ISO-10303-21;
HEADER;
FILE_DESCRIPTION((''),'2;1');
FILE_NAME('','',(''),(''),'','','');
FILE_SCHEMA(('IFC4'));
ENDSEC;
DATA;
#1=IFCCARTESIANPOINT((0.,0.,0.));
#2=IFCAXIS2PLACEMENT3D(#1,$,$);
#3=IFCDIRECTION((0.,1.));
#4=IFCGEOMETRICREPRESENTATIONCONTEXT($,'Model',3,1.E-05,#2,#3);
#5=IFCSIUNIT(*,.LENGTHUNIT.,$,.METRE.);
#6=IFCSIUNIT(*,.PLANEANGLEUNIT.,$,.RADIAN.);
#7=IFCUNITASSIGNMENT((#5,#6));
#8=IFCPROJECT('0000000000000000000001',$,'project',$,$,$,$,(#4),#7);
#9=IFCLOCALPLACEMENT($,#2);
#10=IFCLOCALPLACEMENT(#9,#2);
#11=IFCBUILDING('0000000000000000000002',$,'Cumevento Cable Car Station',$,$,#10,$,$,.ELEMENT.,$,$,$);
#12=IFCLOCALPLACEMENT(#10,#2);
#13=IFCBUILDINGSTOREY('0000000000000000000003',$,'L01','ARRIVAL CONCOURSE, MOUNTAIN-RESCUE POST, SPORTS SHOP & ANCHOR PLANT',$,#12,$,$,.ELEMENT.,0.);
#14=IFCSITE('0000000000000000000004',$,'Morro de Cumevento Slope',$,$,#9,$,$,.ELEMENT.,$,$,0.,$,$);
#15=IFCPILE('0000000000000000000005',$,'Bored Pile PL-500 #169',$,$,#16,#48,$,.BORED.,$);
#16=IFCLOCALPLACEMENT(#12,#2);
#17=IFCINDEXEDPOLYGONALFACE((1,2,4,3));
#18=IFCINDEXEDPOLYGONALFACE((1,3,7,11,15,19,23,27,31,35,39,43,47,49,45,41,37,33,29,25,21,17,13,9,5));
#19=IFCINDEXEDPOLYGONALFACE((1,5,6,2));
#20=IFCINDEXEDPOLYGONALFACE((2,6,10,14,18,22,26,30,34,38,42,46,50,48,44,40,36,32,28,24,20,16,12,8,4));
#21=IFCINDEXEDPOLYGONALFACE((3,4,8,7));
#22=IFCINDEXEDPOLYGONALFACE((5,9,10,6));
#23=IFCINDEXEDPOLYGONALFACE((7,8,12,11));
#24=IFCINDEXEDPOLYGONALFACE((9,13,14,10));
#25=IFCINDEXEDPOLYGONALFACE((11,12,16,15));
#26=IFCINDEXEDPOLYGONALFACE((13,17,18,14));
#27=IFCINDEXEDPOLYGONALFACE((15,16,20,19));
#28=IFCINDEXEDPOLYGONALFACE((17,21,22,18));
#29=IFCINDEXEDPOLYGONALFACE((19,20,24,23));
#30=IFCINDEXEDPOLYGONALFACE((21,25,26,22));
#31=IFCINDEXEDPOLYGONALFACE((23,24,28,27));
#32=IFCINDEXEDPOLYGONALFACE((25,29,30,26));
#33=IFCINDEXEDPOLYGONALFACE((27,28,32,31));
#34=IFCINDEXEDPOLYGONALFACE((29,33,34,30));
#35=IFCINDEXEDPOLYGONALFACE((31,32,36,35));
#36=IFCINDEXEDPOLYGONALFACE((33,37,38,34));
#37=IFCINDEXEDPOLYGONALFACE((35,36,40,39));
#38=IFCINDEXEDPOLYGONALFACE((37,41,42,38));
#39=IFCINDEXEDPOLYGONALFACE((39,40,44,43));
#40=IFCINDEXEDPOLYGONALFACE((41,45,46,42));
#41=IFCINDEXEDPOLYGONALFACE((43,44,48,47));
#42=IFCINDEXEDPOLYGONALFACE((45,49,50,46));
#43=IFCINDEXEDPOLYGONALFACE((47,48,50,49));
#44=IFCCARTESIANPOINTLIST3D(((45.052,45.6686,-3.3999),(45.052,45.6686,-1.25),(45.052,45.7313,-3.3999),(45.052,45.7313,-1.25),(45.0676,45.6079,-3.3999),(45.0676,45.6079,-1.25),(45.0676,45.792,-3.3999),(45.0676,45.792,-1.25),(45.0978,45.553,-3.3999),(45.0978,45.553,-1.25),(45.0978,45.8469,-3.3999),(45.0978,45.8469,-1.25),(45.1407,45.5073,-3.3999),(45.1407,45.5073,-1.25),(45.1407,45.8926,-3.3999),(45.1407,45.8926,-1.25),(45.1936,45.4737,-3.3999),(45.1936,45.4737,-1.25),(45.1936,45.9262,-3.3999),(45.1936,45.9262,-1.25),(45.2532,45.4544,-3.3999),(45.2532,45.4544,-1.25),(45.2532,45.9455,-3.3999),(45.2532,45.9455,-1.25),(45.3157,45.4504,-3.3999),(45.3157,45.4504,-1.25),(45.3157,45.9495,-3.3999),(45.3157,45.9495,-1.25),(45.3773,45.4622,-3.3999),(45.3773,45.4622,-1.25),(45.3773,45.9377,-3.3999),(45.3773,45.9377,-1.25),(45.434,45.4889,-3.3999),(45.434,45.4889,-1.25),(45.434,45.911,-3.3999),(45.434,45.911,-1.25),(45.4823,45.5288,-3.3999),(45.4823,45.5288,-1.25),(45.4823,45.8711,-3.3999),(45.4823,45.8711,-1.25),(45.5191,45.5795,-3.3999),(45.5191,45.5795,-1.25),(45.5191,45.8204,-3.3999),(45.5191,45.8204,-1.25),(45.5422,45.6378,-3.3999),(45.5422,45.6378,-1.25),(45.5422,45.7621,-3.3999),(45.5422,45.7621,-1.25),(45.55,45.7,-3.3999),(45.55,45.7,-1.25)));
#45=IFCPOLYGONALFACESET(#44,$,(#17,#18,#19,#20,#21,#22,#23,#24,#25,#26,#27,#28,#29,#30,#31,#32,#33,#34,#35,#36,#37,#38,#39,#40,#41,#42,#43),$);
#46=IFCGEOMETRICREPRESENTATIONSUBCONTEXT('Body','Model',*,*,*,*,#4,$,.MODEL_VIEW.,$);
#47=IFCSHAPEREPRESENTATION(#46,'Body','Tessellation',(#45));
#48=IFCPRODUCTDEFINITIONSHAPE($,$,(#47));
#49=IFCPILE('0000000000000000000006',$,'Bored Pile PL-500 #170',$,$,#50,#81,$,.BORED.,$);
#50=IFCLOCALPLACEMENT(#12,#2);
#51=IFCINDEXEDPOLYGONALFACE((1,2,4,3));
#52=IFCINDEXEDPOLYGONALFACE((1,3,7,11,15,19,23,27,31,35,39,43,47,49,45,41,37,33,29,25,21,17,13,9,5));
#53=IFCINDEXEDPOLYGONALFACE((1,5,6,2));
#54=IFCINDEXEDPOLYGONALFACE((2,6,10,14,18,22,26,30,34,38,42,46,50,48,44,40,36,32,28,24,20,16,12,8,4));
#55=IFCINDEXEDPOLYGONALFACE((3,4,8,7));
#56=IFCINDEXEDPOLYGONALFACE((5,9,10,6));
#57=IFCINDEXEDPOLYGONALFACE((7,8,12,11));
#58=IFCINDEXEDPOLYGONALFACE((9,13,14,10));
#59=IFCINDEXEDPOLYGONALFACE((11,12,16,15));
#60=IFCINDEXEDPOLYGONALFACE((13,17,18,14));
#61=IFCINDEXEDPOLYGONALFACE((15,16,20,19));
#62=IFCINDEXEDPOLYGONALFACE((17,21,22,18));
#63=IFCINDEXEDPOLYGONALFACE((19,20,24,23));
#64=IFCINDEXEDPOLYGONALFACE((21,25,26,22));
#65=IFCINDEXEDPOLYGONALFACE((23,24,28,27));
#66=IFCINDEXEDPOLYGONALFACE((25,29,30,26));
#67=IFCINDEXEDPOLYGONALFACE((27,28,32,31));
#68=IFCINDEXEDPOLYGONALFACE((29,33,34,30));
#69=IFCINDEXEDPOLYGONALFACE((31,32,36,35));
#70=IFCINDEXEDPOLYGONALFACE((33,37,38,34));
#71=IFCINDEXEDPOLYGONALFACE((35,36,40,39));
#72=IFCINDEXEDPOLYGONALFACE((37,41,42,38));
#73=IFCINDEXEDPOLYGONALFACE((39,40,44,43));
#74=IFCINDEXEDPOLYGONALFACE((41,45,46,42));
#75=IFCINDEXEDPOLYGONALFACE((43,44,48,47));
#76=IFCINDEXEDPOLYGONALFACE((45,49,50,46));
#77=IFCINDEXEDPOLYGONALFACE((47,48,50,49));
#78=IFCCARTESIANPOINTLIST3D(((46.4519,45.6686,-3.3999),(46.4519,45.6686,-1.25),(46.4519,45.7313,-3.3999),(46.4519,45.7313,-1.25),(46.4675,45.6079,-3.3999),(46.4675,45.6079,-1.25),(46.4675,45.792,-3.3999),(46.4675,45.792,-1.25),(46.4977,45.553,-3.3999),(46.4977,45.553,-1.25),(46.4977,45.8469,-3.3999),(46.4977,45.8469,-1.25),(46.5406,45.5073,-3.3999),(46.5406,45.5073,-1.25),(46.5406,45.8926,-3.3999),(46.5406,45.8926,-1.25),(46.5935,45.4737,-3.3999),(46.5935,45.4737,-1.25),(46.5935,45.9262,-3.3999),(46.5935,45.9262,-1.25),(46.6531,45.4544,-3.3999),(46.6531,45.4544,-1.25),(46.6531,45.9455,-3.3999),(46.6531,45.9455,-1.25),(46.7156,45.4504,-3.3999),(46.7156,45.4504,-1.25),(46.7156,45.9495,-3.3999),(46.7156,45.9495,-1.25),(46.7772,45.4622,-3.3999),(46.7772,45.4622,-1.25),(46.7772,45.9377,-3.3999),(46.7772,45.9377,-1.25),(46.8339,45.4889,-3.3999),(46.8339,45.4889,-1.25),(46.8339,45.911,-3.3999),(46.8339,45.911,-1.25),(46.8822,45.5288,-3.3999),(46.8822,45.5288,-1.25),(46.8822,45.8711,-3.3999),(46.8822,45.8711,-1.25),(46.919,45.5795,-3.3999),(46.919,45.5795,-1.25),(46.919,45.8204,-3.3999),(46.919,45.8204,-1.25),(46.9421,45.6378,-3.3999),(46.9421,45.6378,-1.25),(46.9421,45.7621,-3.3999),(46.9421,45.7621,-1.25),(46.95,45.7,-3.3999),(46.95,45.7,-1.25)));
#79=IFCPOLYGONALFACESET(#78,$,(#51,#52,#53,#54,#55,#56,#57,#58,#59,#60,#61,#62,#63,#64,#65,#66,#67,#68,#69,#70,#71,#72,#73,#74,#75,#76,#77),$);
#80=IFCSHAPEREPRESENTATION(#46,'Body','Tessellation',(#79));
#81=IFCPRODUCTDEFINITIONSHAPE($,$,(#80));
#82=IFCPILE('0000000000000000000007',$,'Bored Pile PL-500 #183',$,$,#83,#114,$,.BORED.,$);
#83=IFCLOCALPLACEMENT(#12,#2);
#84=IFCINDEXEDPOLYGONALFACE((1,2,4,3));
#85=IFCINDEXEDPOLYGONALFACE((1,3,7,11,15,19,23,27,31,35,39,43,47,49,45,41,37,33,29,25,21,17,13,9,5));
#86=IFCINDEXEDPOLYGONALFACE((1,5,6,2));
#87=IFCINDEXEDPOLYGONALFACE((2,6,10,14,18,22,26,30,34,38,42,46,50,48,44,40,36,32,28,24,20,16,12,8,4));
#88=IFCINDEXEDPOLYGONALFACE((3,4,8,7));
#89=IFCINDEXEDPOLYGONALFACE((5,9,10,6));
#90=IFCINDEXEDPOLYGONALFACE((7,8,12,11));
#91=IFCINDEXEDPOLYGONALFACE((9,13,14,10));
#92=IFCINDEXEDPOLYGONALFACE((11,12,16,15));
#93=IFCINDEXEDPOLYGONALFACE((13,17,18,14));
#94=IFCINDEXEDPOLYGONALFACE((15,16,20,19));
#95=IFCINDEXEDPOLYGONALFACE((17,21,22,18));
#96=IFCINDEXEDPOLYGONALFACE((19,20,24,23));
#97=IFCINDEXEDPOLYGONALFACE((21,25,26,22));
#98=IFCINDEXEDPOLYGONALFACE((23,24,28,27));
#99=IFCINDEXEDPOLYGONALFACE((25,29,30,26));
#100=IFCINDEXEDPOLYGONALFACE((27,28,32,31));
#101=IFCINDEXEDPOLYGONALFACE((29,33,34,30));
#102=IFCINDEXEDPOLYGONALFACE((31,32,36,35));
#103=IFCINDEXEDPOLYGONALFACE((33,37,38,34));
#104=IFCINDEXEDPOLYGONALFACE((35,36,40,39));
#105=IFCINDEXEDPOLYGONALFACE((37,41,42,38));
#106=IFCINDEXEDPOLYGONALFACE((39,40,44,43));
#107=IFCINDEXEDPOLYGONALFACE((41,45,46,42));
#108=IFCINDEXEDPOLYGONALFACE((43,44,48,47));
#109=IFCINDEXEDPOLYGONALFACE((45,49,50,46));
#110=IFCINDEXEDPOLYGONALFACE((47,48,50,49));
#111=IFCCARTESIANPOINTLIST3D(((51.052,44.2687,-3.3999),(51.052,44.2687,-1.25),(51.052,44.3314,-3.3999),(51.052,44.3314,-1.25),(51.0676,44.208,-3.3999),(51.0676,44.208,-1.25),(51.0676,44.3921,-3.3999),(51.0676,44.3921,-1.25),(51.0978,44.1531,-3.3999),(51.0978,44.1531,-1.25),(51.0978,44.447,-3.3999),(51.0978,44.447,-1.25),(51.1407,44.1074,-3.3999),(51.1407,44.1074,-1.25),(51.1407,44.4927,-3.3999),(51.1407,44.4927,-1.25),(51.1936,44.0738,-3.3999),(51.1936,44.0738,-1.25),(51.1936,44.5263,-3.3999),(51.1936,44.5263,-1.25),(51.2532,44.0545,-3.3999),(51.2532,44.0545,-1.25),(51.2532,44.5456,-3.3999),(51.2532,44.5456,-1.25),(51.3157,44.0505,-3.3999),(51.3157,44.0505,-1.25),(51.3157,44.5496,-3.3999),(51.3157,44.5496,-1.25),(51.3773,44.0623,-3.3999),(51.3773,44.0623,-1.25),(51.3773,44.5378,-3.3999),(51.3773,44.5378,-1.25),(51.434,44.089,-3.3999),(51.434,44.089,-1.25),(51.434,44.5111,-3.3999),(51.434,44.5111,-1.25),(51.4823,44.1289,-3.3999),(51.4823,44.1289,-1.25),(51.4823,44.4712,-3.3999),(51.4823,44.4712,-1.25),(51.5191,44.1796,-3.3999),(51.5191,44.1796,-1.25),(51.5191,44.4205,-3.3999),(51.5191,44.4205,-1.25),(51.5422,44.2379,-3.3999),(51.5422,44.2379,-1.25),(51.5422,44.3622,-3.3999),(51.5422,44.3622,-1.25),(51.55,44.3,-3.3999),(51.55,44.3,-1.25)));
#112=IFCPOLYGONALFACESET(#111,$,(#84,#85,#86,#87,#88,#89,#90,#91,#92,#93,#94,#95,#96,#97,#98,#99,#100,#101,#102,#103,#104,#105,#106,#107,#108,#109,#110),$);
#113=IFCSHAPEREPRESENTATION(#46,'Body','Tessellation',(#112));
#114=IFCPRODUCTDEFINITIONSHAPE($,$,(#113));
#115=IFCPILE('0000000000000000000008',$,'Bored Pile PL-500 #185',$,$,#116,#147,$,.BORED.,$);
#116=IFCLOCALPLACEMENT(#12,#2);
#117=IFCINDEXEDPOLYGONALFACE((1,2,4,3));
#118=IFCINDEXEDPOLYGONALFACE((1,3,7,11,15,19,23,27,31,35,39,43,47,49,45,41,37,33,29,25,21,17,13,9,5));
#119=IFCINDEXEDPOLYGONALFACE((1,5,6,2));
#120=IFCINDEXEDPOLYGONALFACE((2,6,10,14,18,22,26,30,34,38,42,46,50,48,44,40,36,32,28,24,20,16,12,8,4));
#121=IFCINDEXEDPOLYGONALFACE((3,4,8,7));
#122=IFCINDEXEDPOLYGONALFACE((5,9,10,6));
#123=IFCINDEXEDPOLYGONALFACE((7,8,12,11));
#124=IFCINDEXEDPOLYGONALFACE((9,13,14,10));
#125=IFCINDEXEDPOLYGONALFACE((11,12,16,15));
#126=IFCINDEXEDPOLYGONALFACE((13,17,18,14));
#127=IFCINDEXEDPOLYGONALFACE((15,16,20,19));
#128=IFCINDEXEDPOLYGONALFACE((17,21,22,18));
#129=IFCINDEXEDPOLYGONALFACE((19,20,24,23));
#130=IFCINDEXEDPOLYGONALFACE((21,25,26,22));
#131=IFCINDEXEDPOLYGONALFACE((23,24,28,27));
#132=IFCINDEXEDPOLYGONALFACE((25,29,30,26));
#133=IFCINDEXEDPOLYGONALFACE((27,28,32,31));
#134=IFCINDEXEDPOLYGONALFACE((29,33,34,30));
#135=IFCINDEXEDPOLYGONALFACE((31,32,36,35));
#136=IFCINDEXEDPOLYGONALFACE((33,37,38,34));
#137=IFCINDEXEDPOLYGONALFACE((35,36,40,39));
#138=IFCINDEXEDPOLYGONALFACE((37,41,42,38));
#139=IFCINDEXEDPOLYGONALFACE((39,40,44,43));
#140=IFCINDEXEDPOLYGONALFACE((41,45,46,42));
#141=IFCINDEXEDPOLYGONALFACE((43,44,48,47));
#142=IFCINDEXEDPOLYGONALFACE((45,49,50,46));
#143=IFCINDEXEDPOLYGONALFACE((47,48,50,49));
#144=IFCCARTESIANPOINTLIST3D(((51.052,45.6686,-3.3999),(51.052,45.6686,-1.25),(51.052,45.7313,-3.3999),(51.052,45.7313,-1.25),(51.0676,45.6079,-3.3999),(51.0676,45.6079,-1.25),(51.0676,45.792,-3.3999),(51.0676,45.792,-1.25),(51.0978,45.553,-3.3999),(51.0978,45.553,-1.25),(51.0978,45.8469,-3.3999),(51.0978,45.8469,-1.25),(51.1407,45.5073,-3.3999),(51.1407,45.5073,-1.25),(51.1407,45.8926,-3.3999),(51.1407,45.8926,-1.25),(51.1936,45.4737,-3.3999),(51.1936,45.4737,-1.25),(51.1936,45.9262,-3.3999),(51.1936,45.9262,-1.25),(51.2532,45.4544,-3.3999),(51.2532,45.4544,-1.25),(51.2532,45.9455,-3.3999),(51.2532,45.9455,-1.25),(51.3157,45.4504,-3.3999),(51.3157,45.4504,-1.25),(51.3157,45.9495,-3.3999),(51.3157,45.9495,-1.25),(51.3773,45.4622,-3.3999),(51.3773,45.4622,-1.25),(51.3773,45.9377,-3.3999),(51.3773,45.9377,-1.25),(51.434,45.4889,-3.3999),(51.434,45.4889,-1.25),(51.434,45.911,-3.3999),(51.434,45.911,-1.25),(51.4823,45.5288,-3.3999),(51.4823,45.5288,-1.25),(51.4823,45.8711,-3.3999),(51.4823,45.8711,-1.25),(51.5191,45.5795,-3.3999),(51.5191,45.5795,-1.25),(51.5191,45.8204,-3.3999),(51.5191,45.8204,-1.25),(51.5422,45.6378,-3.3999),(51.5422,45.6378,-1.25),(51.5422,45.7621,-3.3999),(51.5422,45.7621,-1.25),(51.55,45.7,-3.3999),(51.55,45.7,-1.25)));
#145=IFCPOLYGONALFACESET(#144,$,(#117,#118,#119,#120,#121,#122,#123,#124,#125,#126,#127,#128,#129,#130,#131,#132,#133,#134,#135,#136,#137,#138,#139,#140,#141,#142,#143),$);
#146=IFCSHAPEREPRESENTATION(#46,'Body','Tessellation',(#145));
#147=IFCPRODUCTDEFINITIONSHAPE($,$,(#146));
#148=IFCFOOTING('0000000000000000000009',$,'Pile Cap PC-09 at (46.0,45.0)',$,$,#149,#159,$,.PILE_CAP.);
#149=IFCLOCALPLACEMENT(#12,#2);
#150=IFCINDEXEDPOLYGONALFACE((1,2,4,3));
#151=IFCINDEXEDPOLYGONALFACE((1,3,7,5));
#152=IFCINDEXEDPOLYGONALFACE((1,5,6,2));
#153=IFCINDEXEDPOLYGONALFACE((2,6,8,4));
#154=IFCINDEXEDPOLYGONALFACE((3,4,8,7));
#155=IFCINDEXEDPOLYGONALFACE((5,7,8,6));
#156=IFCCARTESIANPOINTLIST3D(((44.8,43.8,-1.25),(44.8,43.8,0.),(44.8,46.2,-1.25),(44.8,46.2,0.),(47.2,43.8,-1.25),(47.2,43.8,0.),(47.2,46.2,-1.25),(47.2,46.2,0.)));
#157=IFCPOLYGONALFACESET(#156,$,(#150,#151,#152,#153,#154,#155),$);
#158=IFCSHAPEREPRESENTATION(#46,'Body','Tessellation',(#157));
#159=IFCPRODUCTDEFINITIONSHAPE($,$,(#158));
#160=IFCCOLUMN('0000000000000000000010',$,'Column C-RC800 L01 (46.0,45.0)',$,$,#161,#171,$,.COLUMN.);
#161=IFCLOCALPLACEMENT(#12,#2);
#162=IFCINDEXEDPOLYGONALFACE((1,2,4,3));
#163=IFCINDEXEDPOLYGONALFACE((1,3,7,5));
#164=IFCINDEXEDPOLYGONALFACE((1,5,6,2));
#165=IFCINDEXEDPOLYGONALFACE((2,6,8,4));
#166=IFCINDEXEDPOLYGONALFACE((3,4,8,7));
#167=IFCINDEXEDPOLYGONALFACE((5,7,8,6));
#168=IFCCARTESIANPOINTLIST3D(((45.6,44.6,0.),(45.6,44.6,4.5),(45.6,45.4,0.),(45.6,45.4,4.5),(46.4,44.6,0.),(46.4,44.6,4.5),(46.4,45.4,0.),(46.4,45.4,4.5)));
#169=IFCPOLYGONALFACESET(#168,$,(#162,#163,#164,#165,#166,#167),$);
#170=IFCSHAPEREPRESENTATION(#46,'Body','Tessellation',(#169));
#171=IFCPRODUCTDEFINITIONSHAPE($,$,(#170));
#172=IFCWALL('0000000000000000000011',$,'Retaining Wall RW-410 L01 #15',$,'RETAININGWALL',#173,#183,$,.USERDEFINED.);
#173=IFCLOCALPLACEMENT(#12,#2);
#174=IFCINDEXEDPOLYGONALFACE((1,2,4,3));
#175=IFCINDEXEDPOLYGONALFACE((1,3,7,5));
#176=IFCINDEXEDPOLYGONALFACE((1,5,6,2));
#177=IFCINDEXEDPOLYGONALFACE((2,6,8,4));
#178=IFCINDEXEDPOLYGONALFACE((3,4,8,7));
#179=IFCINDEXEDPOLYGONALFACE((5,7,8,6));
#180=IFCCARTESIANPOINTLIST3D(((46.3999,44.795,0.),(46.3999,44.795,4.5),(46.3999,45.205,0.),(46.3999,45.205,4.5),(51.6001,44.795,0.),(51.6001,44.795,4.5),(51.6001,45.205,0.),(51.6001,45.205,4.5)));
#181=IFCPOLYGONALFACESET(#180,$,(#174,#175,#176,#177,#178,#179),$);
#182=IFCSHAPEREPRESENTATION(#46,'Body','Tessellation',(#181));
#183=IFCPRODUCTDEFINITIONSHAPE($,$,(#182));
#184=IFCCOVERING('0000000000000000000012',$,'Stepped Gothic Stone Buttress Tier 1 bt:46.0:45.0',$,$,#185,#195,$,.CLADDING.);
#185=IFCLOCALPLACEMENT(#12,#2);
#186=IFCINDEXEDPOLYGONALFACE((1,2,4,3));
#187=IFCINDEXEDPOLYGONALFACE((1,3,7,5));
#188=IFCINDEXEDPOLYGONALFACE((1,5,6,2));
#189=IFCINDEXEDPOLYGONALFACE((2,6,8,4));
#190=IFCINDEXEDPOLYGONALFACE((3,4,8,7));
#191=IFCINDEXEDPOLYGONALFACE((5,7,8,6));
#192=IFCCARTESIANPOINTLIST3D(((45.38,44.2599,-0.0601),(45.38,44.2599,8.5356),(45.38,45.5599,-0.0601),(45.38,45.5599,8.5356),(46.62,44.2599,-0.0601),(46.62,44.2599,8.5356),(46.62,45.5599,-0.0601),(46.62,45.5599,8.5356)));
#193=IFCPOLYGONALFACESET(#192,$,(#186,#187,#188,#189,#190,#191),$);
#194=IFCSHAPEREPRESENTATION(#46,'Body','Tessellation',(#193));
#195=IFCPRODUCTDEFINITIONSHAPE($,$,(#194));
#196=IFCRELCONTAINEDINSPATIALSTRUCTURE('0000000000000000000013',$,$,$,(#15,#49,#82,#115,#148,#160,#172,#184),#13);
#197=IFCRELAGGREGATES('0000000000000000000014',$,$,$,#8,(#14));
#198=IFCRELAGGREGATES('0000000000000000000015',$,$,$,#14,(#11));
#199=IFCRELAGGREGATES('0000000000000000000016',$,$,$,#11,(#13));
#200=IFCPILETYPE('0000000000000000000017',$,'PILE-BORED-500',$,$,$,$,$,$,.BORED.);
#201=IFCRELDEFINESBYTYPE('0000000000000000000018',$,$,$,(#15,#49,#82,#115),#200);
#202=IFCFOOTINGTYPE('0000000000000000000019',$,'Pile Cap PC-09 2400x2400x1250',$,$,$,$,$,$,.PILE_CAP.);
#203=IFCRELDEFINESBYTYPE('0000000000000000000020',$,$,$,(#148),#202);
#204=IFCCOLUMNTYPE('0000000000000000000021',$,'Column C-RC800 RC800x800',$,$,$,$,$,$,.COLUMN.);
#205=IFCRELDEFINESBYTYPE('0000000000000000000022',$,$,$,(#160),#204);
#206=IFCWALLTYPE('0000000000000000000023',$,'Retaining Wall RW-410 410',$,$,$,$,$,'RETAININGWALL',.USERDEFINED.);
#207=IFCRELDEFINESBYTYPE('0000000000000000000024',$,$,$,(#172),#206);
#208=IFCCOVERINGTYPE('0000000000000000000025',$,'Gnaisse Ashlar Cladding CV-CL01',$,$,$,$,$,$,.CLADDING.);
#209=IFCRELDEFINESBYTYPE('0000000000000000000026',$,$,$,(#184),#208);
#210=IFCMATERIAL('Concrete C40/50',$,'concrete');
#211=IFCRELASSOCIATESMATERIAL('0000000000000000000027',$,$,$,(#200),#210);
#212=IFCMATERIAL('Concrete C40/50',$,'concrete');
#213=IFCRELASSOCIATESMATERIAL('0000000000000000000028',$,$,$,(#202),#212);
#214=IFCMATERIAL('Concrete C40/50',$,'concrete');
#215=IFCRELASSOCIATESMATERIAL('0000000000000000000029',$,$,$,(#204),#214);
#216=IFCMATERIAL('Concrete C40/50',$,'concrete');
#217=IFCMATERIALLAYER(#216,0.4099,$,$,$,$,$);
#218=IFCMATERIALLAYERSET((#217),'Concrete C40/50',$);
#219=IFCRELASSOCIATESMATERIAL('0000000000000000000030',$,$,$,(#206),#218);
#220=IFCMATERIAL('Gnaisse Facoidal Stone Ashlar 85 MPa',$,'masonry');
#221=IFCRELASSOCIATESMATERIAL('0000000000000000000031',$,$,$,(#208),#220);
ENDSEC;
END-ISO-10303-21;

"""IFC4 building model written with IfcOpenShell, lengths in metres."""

from ifc_helpers import new_model, si_unit, direction, frame, frame_2d, origin, origin_2d, place, context, subcontext, project, spatial, rectangle, circle, extrude, material, layer, layer_set, material_profile, profile_set, type_object, element, save


model = new_model("IFC4")

# Units and contexts
model_context = context("Model", 3, precision=1e-05, world=origin(), true_north=direction((0.0, 1.0)))
body_context = subcontext(model_context, "Body", "Model", "MODEL_VIEW")
ifc_project = project(units=[si_unit("LENGTHUNIT", "METRE"), si_unit("PLANEANGLEUNIT", "RADIAN")], contexts=[model_context])

# Site, building, storey
site_placement = place(None, origin())
site = spatial("IfcSite", under=ifc_project, at=site_placement, Name="Morro de Cumevento Slope", CompositionType="ELEMENT", RefElevation=0.0)
building_placement = place(site_placement, origin())
building = spatial("IfcBuilding", under=site, at=building_placement, Name="Cumevento Cable Car Station", CompositionType="ELEMENT")
storey_placement = place(building_placement, origin())
storey = spatial("IfcBuildingStorey", under=building, at=storey_placement, Name="L01", Description="ARRIVAL CONCOURSE, MOUNTAIN-RESCUE POST, SPORTS SHOP & ANCHOR PLANT", CompositionType="ELEMENT", Elevation=0.0)

# Piles
ifc_material_1 = material(Name="Concrete C40/50", Category="concrete")
ifc_material_profile_1 = material_profile(ifc_material_1, circle(Radius=0.25, at=origin_2d()), Name="PILE-D500")
ifc_profile_set_1 = profile_set([ifc_material_profile_1], Name="Concrete C40/50")
pile_type_1 = type_object("IfcPileType", Name="PILE-BORED-500", PredefinedType="BORED", material=ifc_profile_set_1)
for number, where, z_axis, x_axis, name in (
    (1, (45.3, 45.7, -1.25), (0.0, 0.0, -1.0), (1.0, 0.0, 0.0), "Bored Pile PL-500 #169"),
    (2, (46.7, 45.7, -1.25), (0.0, 0.0, -1.0), (1.0, 0.0, 0.0), "Bored Pile PL-500 #170"),
    (3, (51.3, 44.3, -1.25), (0.0, 0.0, -1.0), (1.0, 0.0, 0.0), "Bored Pile PL-500 #183"),
    (4, (51.3, 45.7, -1.25), (0.0, 0.0, -1.0), (1.0, 0.0, 0.0), "Bored Pile PL-500 #185"),
):
    element("IfcPile", number, at=place(storey_placement, frame(where, z_axis=z_axis, x_axis=x_axis)), inside=storey, type_object=pile_type_1, Name=name, PredefinedType="BORED", context=body_context, shape_type="SweptSolid", body=[
        extrude(circle(Radius=0.25, at=origin_2d()), origin(), (0.0, 0.0, 1.0), 2.1499),
    ])

# Footing
ifc_material_2 = material(Name="Concrete C40/50", Category="concrete")
footing_type = type_object("IfcFootingType", Name="Pile Cap PC-09 2400x2400x1250", PredefinedType="PILE_CAP", material=ifc_material_2)
footing_placement = place(storey_placement, frame((46.0, 45.0, -1.25), z_axis=(0.0, 0.0, 1.0), x_axis=(1.0, 0.0, 0.0)))
element("IfcFooting", 5, at=footing_placement, inside=storey, type_object=footing_type, Name="Pile Cap PC-09 at (46.0,45.0)", PredefinedType="PILE_CAP", context=body_context, shape_type="SweptSolid", body=[
    extrude(rectangle(XDim=2.3999, YDim=2.3999, at=origin_2d()), origin(), (0.0, 0.0, 1.0), 1.25),
])

# Column
ifc_material_3 = material(Name="Concrete C40/50", Category="concrete")
ifc_material_profile_2 = material_profile(ifc_material_3, rectangle(XDim=0.8, YDim=0.8, at=origin_2d()), Name="RC800x800")
ifc_profile_set_2 = profile_set([ifc_material_profile_2], Name="Concrete C40/50")
column_type = type_object("IfcColumnType", Name="Column C-RC800 RC800x800", PredefinedType="COLUMN", material=ifc_profile_set_2)
column_placement = place(storey_placement, frame((46.0, 45.0, 0.0), z_axis=(0.0, 0.0, 1.0), x_axis=(1.0, 0.0, 0.0)))
element("IfcColumn", 6, at=column_placement, inside=storey, type_object=column_type, Name="Column C-RC800 L01 (46.0,45.0)", PredefinedType="COLUMN", context=body_context, shape_type="SweptSolid", body=[
    extrude(rectangle(XDim=0.8, YDim=0.8, at=origin_2d()), origin(), (0.0, 0.0, 1.0), 4.5),
])

# Wall
ifc_material_4 = material(Name="Concrete C40/50", Category="concrete")
ifc_layer = layer(ifc_material_4, 0.4099)
ifc_layer_set = layer_set([ifc_layer], Name="Concrete C40/50")
wall_type = type_object("IfcWallType", Name="Retaining Wall RW-410 410", ElementType="RETAININGWALL", PredefinedType="USERDEFINED", material=ifc_layer_set)
wall_placement = place(storey_placement, frame((46.3999, 45.0, 0.0), z_axis=(0.0, 0.0, 1.0), x_axis=(1.0, 0.0, 0.0)))
element("IfcWall", 7, at=wall_placement, inside=storey, type_object=wall_type, Name="Retaining Wall RW-410 L01 #15", ObjectType="RETAININGWALL", PredefinedType="USERDEFINED", context=body_context, shape_type="SweptSolid", body=[
    extrude(rectangle(XDim=5.2002, YDim=0.4099, at=frame_2d((2.6001, 0.0))), origin(), (0.0, 0.0, 1.0), 4.5),
])

# Covering
ifc_material_5 = material(Name="Gnaisse Facoidal Stone Ashlar 85 MPa", Category="masonry")
covering_type = type_object("IfcCoveringType", Name="Gnaisse Ashlar Cladding CV-CL01", PredefinedType="CLADDING", material=ifc_material_5)
covering_1_placement = place(storey_placement, frame((46.0, 44.9099, -0.0601), z_axis=(0.0, 0.0, 1.0), x_axis=(1.0, 0.0, 0.0)))
element("IfcCovering", 8, at=covering_1_placement, inside=storey, type_object=covering_type, Name="Stepped Gothic Stone Buttress Tier 1 bt:46.0:45.0", PredefinedType="CLADDING", context=body_context, shape_type="SweptSolid", body=[
    extrude(rectangle(XDim=1.24, YDim=1.3, at=origin_2d()), origin(), (0.0, 0.0, 1.0), 8.5957),
])

save(model, "model.ifc")
